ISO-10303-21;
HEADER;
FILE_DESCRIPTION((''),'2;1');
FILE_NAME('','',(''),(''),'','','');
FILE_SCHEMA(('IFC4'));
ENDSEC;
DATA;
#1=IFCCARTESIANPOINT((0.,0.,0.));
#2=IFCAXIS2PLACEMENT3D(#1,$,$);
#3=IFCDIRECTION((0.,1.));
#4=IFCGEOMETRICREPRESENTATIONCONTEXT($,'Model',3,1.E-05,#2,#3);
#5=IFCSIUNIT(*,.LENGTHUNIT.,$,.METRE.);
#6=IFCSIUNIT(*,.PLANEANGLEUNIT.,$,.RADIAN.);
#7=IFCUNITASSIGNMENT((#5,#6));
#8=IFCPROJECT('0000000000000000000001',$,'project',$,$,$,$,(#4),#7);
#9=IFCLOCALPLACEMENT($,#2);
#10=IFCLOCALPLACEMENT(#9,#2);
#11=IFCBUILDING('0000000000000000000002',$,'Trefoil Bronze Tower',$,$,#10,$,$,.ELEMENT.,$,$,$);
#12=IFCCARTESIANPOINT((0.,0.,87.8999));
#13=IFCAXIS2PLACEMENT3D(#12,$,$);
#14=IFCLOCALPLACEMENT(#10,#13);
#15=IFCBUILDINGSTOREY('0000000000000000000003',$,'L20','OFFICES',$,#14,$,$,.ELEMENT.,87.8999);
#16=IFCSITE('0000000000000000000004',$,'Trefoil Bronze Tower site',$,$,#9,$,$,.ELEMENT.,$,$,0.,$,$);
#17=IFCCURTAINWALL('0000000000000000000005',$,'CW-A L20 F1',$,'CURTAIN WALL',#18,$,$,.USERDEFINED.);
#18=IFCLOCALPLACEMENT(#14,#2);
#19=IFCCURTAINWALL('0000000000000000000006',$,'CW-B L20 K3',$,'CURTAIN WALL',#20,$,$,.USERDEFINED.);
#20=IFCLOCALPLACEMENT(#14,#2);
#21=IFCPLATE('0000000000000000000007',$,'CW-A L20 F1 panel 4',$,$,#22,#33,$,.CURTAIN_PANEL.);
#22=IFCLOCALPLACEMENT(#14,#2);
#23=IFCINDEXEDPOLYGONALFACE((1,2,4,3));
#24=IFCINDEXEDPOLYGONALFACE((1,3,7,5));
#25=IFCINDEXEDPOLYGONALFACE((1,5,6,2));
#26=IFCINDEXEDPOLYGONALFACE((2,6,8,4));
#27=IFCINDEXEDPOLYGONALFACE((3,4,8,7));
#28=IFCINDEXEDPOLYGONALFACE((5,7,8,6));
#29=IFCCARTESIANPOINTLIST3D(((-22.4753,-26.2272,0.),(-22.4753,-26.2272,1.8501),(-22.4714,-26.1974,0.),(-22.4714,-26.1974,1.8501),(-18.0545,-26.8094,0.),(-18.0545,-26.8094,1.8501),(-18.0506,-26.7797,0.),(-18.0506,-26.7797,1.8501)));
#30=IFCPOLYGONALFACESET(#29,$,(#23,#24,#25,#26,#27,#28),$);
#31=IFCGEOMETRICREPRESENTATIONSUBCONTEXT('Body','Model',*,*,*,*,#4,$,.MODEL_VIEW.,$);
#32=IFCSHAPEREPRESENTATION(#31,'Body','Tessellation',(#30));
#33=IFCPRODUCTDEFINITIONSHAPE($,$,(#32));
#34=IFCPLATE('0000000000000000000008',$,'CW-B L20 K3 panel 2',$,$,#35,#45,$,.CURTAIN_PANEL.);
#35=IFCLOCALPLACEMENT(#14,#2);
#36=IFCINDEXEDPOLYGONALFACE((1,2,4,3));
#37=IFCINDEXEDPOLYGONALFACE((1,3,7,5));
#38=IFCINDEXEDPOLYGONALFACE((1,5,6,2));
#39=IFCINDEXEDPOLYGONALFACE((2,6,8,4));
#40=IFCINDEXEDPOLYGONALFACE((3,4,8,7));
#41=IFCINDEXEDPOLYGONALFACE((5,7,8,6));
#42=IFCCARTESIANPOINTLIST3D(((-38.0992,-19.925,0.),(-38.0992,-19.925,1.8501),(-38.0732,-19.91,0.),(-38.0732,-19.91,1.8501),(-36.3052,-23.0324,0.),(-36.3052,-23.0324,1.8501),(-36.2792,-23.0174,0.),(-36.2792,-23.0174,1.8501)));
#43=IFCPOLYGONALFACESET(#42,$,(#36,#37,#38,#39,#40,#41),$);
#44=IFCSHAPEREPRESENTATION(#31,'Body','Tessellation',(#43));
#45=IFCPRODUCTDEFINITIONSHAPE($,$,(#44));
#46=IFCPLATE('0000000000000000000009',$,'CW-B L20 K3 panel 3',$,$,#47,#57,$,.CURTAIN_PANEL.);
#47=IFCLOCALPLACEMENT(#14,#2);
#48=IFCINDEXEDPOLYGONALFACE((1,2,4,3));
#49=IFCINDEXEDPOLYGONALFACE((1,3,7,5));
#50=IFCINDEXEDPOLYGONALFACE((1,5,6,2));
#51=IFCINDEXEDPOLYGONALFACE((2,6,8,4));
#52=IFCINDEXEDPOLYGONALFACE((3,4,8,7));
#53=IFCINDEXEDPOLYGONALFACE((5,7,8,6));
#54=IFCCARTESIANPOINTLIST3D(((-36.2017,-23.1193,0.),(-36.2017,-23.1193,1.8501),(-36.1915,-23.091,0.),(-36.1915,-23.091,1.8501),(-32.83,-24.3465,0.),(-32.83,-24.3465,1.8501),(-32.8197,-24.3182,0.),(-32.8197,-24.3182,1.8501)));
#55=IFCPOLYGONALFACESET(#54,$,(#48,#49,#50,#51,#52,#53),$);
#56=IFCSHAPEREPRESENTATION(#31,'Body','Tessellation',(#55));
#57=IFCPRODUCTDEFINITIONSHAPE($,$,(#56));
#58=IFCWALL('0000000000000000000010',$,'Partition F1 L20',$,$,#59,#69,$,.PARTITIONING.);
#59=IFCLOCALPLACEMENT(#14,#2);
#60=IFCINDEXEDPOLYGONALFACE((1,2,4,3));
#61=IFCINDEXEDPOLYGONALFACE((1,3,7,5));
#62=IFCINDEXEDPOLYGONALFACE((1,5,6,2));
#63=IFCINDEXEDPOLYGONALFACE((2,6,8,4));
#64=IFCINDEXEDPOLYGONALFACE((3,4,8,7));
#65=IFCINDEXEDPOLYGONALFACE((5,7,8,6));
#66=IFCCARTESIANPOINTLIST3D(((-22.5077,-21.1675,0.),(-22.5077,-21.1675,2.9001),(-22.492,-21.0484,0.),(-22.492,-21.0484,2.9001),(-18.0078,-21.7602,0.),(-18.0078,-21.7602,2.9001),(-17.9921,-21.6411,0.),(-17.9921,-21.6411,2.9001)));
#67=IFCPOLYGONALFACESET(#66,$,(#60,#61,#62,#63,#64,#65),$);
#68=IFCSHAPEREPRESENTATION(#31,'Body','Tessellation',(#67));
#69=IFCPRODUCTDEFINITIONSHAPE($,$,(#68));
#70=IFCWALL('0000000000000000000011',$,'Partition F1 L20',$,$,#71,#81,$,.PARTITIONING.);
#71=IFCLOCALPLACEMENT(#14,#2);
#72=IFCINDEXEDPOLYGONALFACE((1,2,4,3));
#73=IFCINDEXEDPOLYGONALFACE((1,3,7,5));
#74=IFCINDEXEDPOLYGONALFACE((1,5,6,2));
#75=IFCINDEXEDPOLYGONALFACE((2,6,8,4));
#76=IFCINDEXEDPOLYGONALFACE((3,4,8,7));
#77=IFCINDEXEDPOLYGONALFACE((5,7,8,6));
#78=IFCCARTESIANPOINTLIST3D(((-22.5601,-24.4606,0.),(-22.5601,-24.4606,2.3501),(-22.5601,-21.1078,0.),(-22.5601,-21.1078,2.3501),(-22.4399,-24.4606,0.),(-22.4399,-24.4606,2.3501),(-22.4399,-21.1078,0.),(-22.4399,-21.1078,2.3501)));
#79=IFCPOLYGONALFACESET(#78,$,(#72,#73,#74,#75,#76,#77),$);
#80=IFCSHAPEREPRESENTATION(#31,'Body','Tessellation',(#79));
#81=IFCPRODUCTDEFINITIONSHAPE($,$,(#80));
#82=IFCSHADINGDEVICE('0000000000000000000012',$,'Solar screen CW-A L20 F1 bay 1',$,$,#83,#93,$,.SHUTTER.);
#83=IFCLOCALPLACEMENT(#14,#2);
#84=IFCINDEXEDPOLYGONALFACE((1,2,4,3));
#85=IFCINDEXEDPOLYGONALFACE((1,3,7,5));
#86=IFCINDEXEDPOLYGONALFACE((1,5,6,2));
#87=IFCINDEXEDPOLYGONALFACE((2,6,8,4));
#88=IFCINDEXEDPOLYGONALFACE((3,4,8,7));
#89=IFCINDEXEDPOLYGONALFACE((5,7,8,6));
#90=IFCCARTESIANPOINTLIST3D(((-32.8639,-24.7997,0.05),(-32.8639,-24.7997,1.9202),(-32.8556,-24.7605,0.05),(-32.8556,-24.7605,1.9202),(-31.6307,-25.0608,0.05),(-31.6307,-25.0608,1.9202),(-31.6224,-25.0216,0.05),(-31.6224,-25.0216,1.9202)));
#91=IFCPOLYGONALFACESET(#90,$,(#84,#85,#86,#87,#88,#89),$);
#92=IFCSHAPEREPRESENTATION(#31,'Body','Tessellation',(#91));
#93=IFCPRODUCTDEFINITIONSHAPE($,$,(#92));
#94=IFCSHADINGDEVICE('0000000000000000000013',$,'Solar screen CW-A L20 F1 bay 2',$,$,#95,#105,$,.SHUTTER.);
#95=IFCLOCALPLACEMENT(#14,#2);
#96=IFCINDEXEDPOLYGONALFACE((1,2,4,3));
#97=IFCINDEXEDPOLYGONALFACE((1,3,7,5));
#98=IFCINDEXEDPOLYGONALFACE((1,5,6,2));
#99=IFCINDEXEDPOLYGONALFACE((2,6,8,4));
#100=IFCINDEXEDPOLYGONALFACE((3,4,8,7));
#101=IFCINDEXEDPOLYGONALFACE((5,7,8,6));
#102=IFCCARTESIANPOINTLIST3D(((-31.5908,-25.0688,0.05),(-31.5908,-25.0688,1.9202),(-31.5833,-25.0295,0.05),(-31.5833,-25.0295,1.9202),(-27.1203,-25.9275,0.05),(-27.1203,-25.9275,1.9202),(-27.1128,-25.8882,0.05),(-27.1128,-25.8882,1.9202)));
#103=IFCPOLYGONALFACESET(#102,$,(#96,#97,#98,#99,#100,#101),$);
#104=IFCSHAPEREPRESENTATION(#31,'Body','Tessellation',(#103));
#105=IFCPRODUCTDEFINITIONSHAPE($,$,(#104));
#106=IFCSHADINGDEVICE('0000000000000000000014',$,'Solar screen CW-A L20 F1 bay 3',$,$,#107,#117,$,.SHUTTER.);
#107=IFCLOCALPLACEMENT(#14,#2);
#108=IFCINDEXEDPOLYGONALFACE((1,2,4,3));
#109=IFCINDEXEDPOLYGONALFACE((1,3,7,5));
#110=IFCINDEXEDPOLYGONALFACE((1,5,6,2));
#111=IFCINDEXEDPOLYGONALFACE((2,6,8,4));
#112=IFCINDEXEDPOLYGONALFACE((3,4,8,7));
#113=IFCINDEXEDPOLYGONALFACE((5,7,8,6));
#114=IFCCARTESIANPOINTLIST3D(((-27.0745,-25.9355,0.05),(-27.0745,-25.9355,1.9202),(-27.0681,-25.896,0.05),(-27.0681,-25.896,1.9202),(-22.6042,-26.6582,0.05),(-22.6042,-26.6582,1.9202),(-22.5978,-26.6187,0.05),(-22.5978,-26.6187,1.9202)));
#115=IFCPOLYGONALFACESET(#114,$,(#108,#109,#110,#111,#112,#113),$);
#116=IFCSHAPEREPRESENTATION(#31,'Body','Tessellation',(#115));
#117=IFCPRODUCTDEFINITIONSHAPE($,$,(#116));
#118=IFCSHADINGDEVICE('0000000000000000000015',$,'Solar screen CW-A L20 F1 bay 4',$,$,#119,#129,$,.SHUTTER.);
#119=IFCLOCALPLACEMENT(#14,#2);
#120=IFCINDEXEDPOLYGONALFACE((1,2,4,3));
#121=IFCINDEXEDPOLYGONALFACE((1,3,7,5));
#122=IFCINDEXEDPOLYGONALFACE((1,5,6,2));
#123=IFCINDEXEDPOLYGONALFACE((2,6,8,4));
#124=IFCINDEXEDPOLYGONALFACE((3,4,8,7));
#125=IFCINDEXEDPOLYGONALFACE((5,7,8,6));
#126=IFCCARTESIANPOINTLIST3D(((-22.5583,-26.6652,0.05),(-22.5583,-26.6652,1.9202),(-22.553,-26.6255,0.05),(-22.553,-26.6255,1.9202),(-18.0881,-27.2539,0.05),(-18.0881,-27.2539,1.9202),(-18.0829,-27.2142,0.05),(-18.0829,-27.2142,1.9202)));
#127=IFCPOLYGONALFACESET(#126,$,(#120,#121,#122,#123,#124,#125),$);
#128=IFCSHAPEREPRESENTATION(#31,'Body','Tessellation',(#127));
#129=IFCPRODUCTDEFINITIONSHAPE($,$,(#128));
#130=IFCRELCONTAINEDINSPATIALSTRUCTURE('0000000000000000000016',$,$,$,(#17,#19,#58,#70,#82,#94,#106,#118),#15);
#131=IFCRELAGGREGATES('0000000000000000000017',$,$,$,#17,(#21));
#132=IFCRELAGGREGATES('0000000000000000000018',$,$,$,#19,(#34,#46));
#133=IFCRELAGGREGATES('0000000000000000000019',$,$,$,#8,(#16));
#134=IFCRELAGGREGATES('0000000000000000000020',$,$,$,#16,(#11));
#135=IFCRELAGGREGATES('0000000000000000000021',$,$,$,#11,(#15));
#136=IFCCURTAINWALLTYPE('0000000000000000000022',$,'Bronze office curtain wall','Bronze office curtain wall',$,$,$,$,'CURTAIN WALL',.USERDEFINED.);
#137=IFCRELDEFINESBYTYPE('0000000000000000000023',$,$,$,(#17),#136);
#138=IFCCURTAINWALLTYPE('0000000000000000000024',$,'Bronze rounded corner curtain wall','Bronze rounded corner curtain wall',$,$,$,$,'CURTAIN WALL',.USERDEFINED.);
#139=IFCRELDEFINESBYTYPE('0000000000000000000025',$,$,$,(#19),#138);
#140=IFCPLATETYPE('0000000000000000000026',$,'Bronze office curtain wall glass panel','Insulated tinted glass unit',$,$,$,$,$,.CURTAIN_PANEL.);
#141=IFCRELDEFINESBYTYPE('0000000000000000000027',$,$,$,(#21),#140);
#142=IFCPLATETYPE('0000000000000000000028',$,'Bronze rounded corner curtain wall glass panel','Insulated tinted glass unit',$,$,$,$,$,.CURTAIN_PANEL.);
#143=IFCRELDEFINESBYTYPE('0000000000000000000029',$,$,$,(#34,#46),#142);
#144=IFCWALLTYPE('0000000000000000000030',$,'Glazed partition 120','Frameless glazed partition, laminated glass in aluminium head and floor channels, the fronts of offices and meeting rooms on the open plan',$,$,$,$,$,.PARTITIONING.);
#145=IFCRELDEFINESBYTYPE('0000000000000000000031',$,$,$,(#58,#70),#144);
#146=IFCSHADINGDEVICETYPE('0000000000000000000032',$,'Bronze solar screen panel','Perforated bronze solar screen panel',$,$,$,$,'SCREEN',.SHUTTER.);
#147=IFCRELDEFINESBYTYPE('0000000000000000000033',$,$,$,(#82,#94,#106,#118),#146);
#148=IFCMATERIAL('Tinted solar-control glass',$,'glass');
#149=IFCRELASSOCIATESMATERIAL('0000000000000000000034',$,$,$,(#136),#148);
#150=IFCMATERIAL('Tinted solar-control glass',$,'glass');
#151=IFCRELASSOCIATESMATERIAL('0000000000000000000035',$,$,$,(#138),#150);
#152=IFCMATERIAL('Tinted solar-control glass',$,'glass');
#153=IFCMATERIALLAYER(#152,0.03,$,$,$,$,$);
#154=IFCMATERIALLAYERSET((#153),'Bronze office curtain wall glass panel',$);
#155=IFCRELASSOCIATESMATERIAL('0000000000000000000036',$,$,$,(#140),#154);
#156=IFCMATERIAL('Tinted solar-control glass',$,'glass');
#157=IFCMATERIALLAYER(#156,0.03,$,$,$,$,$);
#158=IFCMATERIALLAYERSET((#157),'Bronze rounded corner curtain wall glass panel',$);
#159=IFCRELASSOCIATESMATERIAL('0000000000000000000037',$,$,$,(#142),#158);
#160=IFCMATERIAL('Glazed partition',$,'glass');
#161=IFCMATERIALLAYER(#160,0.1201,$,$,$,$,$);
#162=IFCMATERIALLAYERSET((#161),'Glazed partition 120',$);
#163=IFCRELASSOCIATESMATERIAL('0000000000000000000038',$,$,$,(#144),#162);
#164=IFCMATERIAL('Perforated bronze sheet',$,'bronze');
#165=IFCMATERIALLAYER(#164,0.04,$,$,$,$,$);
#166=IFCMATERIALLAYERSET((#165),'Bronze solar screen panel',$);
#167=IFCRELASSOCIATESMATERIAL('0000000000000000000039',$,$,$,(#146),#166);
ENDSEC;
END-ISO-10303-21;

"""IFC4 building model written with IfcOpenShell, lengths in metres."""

from ifc_helpers import new_model, si_unit, direction, frame, frame_2d, origin, origin_2d, place, context, subcontext, project, spatial, rectangle, extrude, material, layer, layer_set, type_object, element, aggregate, save


model = new_model("IFC4")

# Units and contexts
model_context = context("Model", 3, precision=1e-05, world=origin(), true_north=direction((0.0, 1.0)))
body_context = subcontext(model_context, "Body", "Model", "MODEL_VIEW")
ifc_project = project(units=[si_unit("LENGTHUNIT", "METRE"), si_unit("PLANEANGLEUNIT", "RADIAN")], contexts=[model_context])

# Site, building, storey
site_placement = place(None, origin())
site = spatial("IfcSite", under=ifc_project, at=site_placement, Name="Trefoil Bronze Tower site", CompositionType="ELEMENT", RefElevation=0.0)
building_placement = place(site_placement, origin())
building = spatial("IfcBuilding", under=site, at=building_placement, Name="Trefoil Bronze Tower", CompositionType="ELEMENT")
storey_placement = place(building_placement, frame((0.0, 0.0, 87.8999)))
storey = spatial("IfcBuildingStorey", under=building, at=storey_placement, Name="L20", Description="OFFICES", CompositionType="ELEMENT", Elevation=87.8999)

# Curtain walls
ifc_material_1 = material(Name="Tinted solar-control glass", Category="glass")
curtain_wall_type_1 = type_object("IfcCurtainWallType", Name="Bronze office curtain wall", Description="Bronze office curtain wall", ElementType="CURTAIN WALL", PredefinedType="USERDEFINED", material=ifc_material_1)
curtain_wall_1_placement = place(storey_placement, origin())
curtain_wall_1 = element("IfcCurtainWall", 1, at=curtain_wall_1_placement, inside=storey, type_object=curtain_wall_type_1, Name="CW-A L20 F1", ObjectType="CURTAIN WALL", PredefinedType="USERDEFINED")
ifc_material_2 = material(Name="Tinted solar-control glass", Category="glass")
curtain_wall_type_2 = type_object("IfcCurtainWallType", Name="Bronze rounded corner curtain wall", Description="Bronze rounded corner curtain wall", ElementType="CURTAIN WALL", PredefinedType="USERDEFINED", material=ifc_material_2)
curtain_wall_2_placement = place(storey_placement, origin())
curtain_wall_2 = element("IfcCurtainWall", 2, at=curtain_wall_2_placement, inside=storey, type_object=curtain_wall_type_2, Name="CW-B L20 K3", ObjectType="CURTAIN WALL", PredefinedType="USERDEFINED")

# Plates
ifc_material_3 = material(Name="Tinted solar-control glass", Category="glass")
ifc_layer_1 = layer(ifc_material_3, 0.03)
ifc_layer_set_1 = layer_set([ifc_layer_1], Name="Bronze office curtain wall glass panel")
plate_type_1 = type_object("IfcPlateType", Name="Bronze office curtain wall glass panel", Description="Insulated tinted glass unit", PredefinedType="CURTAIN_PANEL", material=ifc_layer_set_1)
plate_1_placement = place(storey_placement, frame((-20.2629, -26.5034, 0.0), z_axis=(0.0, 0.0, 1.0), x_axis=(0.991437, -0.130584, 0.0)))
plate_1 = element("IfcPlate", 3, at=plate_1_placement, type_object=plate_type_1, Name="CW-A L20 F1 panel 4", PredefinedType="CURTAIN_PANEL", context=body_context, shape_type="SweptSolid", body=[
    extrude(rectangle(XDim=4.459, YDim=0.03, at=origin_2d()), origin(), (0.0, 0.0, 1.0), 1.8501),
])
aggregate(curtain_wall_1, [plate_1])
ifc_material_4 = material(Name="Tinted solar-control glass", Category="glass")
ifc_layer_2 = layer(ifc_material_4, 0.03)
ifc_layer_set_2 = layer_set([ifc_layer_2], Name="Bronze rounded corner curtain wall glass panel")
plate_type_2 = type_object("IfcPlateType", Name="Bronze rounded corner curtain wall glass panel", Description="Insulated tinted glass unit", PredefinedType="CURTAIN_PANEL", material=ifc_layer_set_2)
plate_2_placement = place(storey_placement, frame((-37.1892, -21.4712, 0.0), z_axis=(0.0, 0.0, 1.0), x_axis=(0.5, -0.866025, 0.0)))
plate_2 = element("IfcPlate", 4, at=plate_2_placement, type_object=plate_type_2, Name="CW-B L20 K3 panel 2", PredefinedType="CURTAIN_PANEL", context=body_context, shape_type="SweptSolid", body=[
    extrude(rectangle(XDim=3.5881, YDim=0.03, at=origin_2d()), origin(), (0.0, 0.0, 1.0), 1.8501),
])
plate_3_placement = place(storey_placement, frame((-34.5107, -23.7188, 0.0), z_axis=(0.0, 0.0, 1.0), x_axis=(0.939693, -0.34202, 0.0)))
plate_3 = element("IfcPlate", 5, at=plate_3_placement, type_object=plate_type_2, Name="CW-B L20 K3 panel 3", PredefinedType="CURTAIN_PANEL", context=body_context, shape_type="SweptSolid", body=[
    extrude(rectangle(XDim=3.5881, YDim=0.03, at=origin_2d()), origin(), (0.0, 0.0, 1.0), 1.8501),
])
aggregate(curtain_wall_2, [plate_2, plate_3])

# Walls
ifc_material_5 = material(Name="Glazed partition", Category="glass")
ifc_layer_3 = layer(ifc_material_5, 0.1201)
ifc_layer_set_3 = layer_set([ifc_layer_3], Name="Glazed partition 120")
wall_type = type_object("IfcWallType", Name="Glazed partition 120", Description="Frameless glazed partition, laminated glass in aluminium head and floor channels, the fronts of offices and meeting rooms on the open plan", PredefinedType="PARTITIONING", material=ifc_layer_set_3)
wall_1_placement = place(storey_placement, frame((-22.5, -21.1079, 0.0), z_axis=(0.0, 0.0, 1.0), x_axis=(0.991435, -0.130599, 0.0)))
element("IfcWall", 6, at=wall_1_placement, inside=storey, type_object=wall_type, Name="Partition F1 L20", PredefinedType="PARTITIONING", context=body_context, shape_type="SweptSolid", body=[
    extrude(rectangle(XDim=4.5388, YDim=0.1201, at=frame_2d((2.2695, 0.0))), origin(), (0.0, 0.0, 1.0), 2.9001),
])
wall_2_placement = place(storey_placement, frame((-22.5, -21.1079, 0.0), z_axis=(0.0, 0.0, 1.0), x_axis=(0.0, -1.0, 0.0)))
element("IfcWall", 7, at=wall_2_placement, inside=storey, type_object=wall_type, Name="Partition F1 L20", PredefinedType="PARTITIONING", context=body_context, shape_type="SweptSolid", body=[
    extrude(rectangle(XDim=3.3528, YDim=0.1201, at=frame_2d((1.6763, 0.0))), origin(), (0.0, 0.0, 1.0), 2.3501),
])

# Shading devices
ifc_material_6 = material(Name="Perforated bronze sheet", Category="bronze")
ifc_layer_4 = layer(ifc_material_6, 0.04)
ifc_layer_set_4 = layer_set([ifc_layer_4], Name="Bronze solar screen panel")
shading_device_type = type_object("IfcShadingDeviceType", Name="Bronze solar screen panel", Description="Perforated bronze solar screen panel", ElementType="SCREEN", PredefinedType="SHUTTER", material=ifc_layer_set_4)
shading_device_1_placement = place(storey_placement, frame((-32.2432, -24.9106, 0.05), z_axis=(0.0, 0.0, 1.0), x_axis=(0.978303, -0.207181, 0.0)))
element("IfcShadingDevice", 8, at=shading_device_1_placement, inside=storey, type_object=shading_device_type, Name="Solar screen CW-A L20 F1 bay 1", PredefinedType="SHUTTER", context=body_context, shape_type="SweptSolid", body=[
    extrude(rectangle(XDim=1.2605, YDim=0.04, at=origin_2d()), origin(), (0.0, 0.0, 1.0), 1.8701),
])
shading_device_2_placement = place(storey_placement, frame((-29.3518, -25.4785, 0.05), z_axis=(0.0, 0.0, 1.0), x_axis=(0.98205, -0.188622, 0.0)))
element("IfcShadingDevice", 9, at=shading_device_2_placement, inside=storey, type_object=shading_device_type, Name="Solar screen CW-A L20 F1 bay 2", PredefinedType="SHUTTER", context=body_context, shape_type="SweptSolid", body=[
    extrude(rectangle(XDim=4.5522, YDim=0.04, at=origin_2d()), origin(), (0.0, 0.0, 1.0), 1.8701),
])
shading_device_3_placement = place(storey_placement, frame((-24.8362, -26.2771, 0.05), z_axis=(0.0, 0.0, 1.0), x_axis=(0.987181, -0.159603, 0.0)))
element("IfcShadingDevice", 10, at=shading_device_3_placement, inside=storey, type_object=shading_device_type, Name="Solar screen CW-A L20 F1 bay 3", PredefinedType="SHUTTER", context=body_context, shape_type="SweptSolid", body=[
    extrude(rectangle(XDim=4.5283, YDim=0.04, at=origin_2d()), origin(), (0.0, 0.0, 1.0), 1.8701),
])
shading_device_4_placement = place(storey_placement, frame((-20.3206, -26.9397, 0.05), z_axis=(0.0, 0.0, 1.0), x_axis=(0.991437, -0.130584, 0.0)))
element("IfcShadingDevice", 11, at=shading_device_4_placement, inside=storey, type_object=shading_device_type, Name="Solar screen CW-A L20 F1 bay 4", PredefinedType="SHUTTER", context=body_context, shape_type="SweptSolid", body=[
    extrude(rectangle(XDim=4.5088, YDim=0.04, at=origin_2d()), origin(), (0.0, 0.0, 1.0), 1.8701),
])

save(model, "model.ifc")
